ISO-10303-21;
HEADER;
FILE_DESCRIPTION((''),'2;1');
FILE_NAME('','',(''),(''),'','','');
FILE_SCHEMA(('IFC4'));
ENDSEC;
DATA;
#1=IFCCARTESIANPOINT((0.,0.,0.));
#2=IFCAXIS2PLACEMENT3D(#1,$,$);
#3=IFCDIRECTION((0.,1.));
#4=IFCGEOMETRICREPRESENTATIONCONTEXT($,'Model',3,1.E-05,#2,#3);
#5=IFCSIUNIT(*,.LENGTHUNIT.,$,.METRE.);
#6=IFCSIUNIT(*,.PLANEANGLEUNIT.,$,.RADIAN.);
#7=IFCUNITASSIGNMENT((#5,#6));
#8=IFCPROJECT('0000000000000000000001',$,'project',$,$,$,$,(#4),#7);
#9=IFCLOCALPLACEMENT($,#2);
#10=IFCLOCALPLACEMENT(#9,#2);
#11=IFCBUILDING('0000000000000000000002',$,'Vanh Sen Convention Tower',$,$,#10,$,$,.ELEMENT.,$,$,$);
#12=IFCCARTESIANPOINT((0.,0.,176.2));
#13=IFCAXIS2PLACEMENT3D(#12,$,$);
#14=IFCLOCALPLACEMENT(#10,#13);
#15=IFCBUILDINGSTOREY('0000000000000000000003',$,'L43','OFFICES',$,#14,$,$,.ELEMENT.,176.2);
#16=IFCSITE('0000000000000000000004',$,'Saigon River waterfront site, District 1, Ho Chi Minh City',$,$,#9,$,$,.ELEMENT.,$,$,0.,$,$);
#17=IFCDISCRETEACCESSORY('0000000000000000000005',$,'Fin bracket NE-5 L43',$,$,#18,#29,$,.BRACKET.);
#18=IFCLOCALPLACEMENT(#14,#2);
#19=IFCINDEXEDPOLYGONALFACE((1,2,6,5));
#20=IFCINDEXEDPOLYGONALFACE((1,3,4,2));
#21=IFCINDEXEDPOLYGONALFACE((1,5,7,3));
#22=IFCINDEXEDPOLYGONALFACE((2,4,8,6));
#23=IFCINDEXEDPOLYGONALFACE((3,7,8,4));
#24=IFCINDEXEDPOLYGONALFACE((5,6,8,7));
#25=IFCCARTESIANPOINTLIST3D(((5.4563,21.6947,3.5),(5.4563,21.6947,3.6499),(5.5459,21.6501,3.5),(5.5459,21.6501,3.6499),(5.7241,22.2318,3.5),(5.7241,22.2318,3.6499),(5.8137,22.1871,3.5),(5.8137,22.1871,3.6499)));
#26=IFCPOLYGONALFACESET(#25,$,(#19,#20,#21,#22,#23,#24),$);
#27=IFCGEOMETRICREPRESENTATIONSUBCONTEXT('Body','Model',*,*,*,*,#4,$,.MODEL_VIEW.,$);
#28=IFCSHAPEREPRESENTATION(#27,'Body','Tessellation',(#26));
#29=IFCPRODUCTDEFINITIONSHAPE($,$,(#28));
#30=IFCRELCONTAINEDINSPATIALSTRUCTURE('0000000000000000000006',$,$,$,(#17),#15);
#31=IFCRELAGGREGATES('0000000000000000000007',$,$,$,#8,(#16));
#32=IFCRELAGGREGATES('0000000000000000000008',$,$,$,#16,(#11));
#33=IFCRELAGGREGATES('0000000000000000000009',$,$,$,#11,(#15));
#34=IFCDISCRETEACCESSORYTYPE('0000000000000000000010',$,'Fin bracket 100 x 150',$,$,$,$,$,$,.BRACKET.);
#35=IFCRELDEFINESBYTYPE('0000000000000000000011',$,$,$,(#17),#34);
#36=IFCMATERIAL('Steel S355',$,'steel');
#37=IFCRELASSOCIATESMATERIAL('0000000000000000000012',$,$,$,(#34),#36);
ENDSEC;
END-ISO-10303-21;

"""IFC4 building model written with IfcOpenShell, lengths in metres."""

from ifc_helpers import new_model, si_unit, direction, frame, origin, origin_2d, place, context, subcontext, project, spatial, rectangle, extrude, material, type_object, element, save


model = new_model("IFC4")

# Units and contexts
model_context = context("Model", 3, precision=1e-05, world=origin(), true_north=direction((0.0, 1.0)))
body_context = subcontext(model_context, "Body", "Model", "MODEL_VIEW")
ifc_project = project(units=[si_unit("LENGTHUNIT", "METRE"), si_unit("PLANEANGLEUNIT", "RADIAN")], contexts=[model_context])

# Site, building, storey
site_placement = place(None, origin())
site = spatial("IfcSite", under=ifc_project, at=site_placement, Name="Saigon River waterfront site, District 1, Ho Chi Minh City", CompositionType="ELEMENT", RefElevation=0.0)
building_placement = place(site_placement, origin())
building = spatial("IfcBuilding", under=site, at=building_placement, Name="Vanh Sen Convention Tower", CompositionType="ELEMENT")
storey_placement = place(building_placement, frame((0.0, 0.0, 176.2)))
storey = spatial("IfcBuildingStorey", under=building, at=storey_placement, Name="L43", Description="OFFICES", CompositionType="ELEMENT", Elevation=176.2)

# Discrete accessory
ifc_material_1 = material(Name="Steel S355", Category="steel")
discrete_accessory_type = type_object("IfcDiscreteAccessoryType", Name="Fin bracket 100 x 150", PredefinedType="BRACKET", material=ifc_material_1)
discrete_accessory_placement = place(storey_placement, frame((5.635, 21.9409, 3.5), z_axis=(0.0, 0.0, 1.0), x_axis=(0.446198, 0.894934, 0.0)))
element("IfcDiscreteAccessory", 1, at=discrete_accessory_placement, inside=storey, type_object=discrete_accessory_type, Name="Fin bracket NE-5 L43", PredefinedType="BRACKET", context=body_context, shape_type="SweptSolid", body=[
    extrude(rectangle(XDim=0.6001, YDim=0.1001, at=origin_2d()), origin(), (0.0, 0.0, 1.0), 0.1499),
])

save(model, "model.ifc")
